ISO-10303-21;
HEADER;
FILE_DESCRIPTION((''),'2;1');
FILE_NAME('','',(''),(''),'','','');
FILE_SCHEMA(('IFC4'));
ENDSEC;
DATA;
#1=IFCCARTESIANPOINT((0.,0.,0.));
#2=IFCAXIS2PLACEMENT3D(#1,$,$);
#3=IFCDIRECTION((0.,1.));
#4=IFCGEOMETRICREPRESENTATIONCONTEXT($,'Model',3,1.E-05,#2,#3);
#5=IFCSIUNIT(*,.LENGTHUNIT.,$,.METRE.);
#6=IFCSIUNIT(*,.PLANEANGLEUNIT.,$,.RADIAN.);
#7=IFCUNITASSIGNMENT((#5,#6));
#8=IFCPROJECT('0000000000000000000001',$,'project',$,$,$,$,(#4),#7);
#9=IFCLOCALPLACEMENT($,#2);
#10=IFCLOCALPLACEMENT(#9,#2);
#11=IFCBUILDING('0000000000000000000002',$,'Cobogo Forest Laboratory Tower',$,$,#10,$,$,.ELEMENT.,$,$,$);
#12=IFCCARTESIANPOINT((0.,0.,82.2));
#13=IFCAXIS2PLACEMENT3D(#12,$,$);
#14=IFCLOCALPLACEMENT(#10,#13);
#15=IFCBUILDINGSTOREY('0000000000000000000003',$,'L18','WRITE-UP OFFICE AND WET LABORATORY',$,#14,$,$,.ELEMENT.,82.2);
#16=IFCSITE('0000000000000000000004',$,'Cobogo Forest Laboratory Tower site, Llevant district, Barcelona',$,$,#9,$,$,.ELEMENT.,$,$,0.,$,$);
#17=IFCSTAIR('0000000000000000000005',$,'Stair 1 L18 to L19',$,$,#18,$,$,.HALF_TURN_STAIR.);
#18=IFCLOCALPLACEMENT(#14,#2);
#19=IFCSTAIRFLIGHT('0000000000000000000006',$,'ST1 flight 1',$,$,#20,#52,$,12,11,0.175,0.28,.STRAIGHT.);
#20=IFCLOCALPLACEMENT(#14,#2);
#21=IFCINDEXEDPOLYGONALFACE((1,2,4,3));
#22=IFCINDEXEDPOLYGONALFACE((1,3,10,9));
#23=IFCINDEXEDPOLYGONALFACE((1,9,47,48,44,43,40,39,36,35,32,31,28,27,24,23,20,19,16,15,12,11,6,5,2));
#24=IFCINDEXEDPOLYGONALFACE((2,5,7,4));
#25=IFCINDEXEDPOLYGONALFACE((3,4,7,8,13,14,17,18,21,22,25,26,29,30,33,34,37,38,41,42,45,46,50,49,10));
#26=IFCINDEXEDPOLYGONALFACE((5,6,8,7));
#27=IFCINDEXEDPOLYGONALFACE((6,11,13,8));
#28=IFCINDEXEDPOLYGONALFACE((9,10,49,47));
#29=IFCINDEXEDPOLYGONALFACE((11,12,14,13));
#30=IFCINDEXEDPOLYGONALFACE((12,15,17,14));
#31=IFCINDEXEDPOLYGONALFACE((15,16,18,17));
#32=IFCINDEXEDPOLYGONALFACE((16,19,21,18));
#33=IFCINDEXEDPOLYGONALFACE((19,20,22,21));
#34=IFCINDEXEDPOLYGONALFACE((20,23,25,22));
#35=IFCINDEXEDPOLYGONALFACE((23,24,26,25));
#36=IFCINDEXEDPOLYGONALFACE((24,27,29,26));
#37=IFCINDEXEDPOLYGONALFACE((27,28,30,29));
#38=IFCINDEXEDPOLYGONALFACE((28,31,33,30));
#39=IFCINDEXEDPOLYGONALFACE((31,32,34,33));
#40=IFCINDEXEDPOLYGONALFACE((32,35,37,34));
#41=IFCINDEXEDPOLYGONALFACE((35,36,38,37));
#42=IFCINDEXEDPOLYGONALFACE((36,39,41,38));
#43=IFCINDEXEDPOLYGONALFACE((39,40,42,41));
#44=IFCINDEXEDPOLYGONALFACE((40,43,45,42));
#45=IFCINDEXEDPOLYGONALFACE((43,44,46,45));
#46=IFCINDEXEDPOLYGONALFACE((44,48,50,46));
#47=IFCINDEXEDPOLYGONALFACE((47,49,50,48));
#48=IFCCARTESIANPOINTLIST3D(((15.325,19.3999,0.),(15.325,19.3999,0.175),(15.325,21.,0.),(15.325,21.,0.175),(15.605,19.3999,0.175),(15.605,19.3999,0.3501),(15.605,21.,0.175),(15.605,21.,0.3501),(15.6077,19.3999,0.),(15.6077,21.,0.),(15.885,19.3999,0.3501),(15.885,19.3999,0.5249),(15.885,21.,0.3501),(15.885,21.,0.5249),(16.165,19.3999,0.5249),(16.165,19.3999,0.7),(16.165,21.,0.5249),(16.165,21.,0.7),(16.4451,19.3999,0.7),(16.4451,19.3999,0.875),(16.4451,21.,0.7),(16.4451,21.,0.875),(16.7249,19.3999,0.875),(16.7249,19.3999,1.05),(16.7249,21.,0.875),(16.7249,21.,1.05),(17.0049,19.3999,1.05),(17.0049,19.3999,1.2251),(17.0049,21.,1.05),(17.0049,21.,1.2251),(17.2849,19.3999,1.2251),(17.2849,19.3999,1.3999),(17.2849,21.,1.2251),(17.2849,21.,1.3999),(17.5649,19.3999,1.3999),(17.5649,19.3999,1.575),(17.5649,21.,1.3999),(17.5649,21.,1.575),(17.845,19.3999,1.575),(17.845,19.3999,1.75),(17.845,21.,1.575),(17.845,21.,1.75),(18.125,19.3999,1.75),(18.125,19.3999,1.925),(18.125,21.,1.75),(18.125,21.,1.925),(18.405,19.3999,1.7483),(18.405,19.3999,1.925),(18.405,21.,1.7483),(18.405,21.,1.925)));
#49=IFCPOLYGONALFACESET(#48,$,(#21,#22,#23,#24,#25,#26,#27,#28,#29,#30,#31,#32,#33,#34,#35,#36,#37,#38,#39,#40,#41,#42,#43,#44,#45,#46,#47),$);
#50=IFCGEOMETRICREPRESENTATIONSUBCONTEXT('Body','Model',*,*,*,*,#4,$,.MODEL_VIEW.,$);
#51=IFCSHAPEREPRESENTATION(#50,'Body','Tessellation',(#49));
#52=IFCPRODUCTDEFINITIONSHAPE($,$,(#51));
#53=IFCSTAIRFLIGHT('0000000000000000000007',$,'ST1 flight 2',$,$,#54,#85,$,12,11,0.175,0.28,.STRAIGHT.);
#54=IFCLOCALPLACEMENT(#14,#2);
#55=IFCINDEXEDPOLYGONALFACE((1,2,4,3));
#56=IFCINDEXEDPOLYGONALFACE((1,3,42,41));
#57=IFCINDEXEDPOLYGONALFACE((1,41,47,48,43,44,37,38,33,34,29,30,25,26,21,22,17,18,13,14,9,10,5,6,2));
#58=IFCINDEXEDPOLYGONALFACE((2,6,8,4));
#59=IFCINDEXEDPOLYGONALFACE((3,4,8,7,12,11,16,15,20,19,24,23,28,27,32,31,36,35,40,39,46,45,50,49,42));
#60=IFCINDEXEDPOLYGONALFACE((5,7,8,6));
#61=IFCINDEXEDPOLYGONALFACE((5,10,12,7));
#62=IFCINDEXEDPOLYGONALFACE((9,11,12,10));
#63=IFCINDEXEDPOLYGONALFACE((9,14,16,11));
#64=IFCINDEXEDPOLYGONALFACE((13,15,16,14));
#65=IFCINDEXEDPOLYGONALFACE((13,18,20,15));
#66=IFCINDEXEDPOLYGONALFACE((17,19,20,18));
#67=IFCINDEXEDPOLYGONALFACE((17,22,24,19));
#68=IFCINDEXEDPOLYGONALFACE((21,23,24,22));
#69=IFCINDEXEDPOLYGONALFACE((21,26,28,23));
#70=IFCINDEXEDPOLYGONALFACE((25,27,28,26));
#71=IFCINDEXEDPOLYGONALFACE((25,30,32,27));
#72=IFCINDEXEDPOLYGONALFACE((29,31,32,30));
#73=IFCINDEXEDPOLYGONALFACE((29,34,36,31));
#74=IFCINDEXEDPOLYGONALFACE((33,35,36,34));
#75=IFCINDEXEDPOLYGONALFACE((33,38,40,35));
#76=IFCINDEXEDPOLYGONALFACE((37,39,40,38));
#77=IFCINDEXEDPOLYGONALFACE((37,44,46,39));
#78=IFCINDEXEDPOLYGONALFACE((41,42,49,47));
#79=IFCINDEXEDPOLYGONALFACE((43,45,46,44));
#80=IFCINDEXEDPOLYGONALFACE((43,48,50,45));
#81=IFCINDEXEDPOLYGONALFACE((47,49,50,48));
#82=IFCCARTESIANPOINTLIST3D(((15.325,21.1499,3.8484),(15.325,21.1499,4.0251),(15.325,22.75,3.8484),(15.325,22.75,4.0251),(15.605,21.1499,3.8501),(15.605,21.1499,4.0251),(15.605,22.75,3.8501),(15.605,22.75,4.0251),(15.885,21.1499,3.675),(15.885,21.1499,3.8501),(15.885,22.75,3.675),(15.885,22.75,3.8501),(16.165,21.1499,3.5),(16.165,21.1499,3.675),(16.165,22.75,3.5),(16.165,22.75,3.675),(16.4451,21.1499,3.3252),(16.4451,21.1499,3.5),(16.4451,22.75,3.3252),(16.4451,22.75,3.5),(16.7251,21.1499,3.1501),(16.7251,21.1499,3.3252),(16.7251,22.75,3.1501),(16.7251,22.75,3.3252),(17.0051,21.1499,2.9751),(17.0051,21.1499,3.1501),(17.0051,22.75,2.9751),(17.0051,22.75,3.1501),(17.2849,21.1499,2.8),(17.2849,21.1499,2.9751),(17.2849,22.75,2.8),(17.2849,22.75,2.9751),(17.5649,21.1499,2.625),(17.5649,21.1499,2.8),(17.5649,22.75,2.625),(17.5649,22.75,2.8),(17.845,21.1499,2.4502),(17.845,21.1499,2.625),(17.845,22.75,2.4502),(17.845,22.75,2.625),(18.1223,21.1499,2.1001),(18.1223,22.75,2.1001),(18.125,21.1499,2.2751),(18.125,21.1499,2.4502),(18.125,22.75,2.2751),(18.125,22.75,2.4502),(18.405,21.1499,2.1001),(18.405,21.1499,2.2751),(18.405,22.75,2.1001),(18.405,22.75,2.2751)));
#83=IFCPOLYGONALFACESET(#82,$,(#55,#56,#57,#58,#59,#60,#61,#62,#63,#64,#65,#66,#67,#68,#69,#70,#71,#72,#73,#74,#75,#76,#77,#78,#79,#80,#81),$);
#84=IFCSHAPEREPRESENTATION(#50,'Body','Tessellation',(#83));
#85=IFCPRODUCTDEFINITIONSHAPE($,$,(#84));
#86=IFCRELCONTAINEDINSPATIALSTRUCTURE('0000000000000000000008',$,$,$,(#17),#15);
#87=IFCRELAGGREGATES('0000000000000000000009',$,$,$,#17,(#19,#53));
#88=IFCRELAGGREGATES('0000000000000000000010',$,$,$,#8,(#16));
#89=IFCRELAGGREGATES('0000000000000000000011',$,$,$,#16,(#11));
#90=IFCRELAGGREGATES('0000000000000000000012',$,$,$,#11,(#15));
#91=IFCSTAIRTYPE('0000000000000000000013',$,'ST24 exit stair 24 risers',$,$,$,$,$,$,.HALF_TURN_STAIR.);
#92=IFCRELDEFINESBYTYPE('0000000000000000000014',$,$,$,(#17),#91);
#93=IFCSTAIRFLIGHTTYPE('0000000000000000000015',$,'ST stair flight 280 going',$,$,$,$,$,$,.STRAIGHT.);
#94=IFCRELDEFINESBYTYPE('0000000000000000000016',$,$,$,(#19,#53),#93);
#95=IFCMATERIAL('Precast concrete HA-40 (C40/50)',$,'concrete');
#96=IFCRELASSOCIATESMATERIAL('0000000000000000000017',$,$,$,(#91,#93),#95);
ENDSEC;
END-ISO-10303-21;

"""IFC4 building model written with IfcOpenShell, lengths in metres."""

from ifc_helpers import new_model, si_unit, direction, frame, origin, place, context, subcontext, project, spatial, polyline, outline, extrude, material, type_object, element, aggregate, save


model = new_model("IFC4")

# Units and contexts
model_context = context("Model", 3, precision=1e-05, world=origin(), true_north=direction((0.0, 1.0)))
body_context = subcontext(model_context, "Body", "Model", "MODEL_VIEW")
ifc_project = project(units=[si_unit("LENGTHUNIT", "METRE"), si_unit("PLANEANGLEUNIT", "RADIAN")], contexts=[model_context])

# Site, building, storey
site_placement = place(None, origin())
site = spatial("IfcSite", under=ifc_project, at=site_placement, Name="Cobogo Forest Laboratory Tower site, Llevant district, Barcelona", CompositionType="ELEMENT", RefElevation=0.0)
building_placement = place(site_placement, origin())
building = spatial("IfcBuilding", under=site, at=building_placement, Name="Cobogo Forest Laboratory Tower", CompositionType="ELEMENT")
storey_placement = place(building_placement, frame((0.0, 0.0, 82.2)))
storey = spatial("IfcBuildingStorey", under=building, at=storey_placement, Name="L18", Description="WRITE-UP OFFICE AND WET LABORATORY", CompositionType="ELEMENT", Elevation=82.2)

# Stair, stair flights
ifc_material_1 = material(Name="Precast concrete HA-40 (C40/50)", Category="concrete")
stair_type = type_object("IfcStairType", Name="ST24 exit stair 24 risers", PredefinedType="HALF_TURN_STAIR", material=ifc_material_1)
stair_placement = place(storey_placement, origin())
stair = element("IfcStair", 1, at=stair_placement, inside=storey, type_object=stair_type, Name="Stair 1 L18 to L19", PredefinedType="HALF_TURN_STAIR")
stair_flight_type = type_object("IfcStairFlightType", Name="ST stair flight 280 going", PredefinedType="STRAIGHT", material=ifc_material_1)
stair_flight_1_placement = place(storey_placement, frame((15.325, 20.2, 0.0), z_axis=(0.0, 0.0, 1.0), x_axis=(1.0, 0.0, 0.0)))
stair_flight_1 = element("IfcStairFlight", 2, at=stair_flight_1_placement, type_object=stair_flight_type, Name="ST1 flight 1", NumberOfRisers=12, NumberOfTreads=11, PredefinedType="STRAIGHT", RiserHeight=0.175, TreadLength=0.28, context=body_context, shape_type="SweptSolid", body=[
    extrude(outline(polyline([(0.0, 0.0), (0.0, 0.175), (0.28, 0.175), (0.28, 0.3501), (0.5601, 0.3501), (0.5601, 0.5249), (0.8401, 0.5249), (0.8401, 0.7), (1.1201, 0.7), (1.1201, 0.875), (1.3999, 0.875), (1.3999, 1.05), (1.6799, 1.05), (1.6799, 1.2251), (1.96, 1.2251), (1.96, 1.3999), (2.24, 1.3999), (2.24, 1.575), (2.52, 1.575), (2.52, 1.75), (2.8, 1.75), (2.8, 1.925), (3.0801, 1.925), (3.0801, 2.1001), (3.0801, 1.7483), (0.2827, 0.0), (0.0, 0.0)])), frame((0.0, 0.8, 0.0), z_axis=(0.0, -1.0, 0.0), x_axis=(1.0, 0.0, 0.0)), (0.0, 0.0, 1.0), 1.6001),
])
stair_flight_2_placement = place(storey_placement, frame((18.405, 21.95, 2.1001), z_axis=(0.0, 0.0, 1.0), x_axis=(-1.0, 0.0, 0.0)))
stair_flight_2 = element("IfcStairFlight", 3, at=stair_flight_2_placement, type_object=stair_flight_type, Name="ST1 flight 2", NumberOfRisers=12, NumberOfTreads=11, PredefinedType="STRAIGHT", RiserHeight=0.175, TreadLength=0.28, context=body_context, shape_type="SweptSolid", body=[
    extrude(outline(polyline([(0.0, 0.0), (0.0, 0.175), (0.28, 0.175), (0.28, 0.3501), (0.5601, 0.3501), (0.5601, 0.5249), (0.8401, 0.5249), (0.8401, 0.7), (1.1201, 0.7), (1.1201, 0.875), (1.3999, 0.875), (1.3999, 1.05), (1.6799, 1.05), (1.6799, 1.2251), (1.96, 1.2251), (1.96, 1.3999), (2.24, 1.3999), (2.24, 1.575), (2.52, 1.575), (2.52, 1.75), (2.8, 1.75), (2.8, 1.925), (3.0801, 1.925), (3.0801, 2.1001), (3.0801, 1.7483), (0.2827, 0.0), (0.0, 0.0)])), frame((0.0, 0.8, 0.0), z_axis=(0.0, -1.0, 0.0), x_axis=(1.0, 0.0, 0.0)), (0.0, 0.0, 1.0), 1.6001),
])
aggregate(stair, [stair_flight_1, stair_flight_2])

save(model, "model.ifc")
